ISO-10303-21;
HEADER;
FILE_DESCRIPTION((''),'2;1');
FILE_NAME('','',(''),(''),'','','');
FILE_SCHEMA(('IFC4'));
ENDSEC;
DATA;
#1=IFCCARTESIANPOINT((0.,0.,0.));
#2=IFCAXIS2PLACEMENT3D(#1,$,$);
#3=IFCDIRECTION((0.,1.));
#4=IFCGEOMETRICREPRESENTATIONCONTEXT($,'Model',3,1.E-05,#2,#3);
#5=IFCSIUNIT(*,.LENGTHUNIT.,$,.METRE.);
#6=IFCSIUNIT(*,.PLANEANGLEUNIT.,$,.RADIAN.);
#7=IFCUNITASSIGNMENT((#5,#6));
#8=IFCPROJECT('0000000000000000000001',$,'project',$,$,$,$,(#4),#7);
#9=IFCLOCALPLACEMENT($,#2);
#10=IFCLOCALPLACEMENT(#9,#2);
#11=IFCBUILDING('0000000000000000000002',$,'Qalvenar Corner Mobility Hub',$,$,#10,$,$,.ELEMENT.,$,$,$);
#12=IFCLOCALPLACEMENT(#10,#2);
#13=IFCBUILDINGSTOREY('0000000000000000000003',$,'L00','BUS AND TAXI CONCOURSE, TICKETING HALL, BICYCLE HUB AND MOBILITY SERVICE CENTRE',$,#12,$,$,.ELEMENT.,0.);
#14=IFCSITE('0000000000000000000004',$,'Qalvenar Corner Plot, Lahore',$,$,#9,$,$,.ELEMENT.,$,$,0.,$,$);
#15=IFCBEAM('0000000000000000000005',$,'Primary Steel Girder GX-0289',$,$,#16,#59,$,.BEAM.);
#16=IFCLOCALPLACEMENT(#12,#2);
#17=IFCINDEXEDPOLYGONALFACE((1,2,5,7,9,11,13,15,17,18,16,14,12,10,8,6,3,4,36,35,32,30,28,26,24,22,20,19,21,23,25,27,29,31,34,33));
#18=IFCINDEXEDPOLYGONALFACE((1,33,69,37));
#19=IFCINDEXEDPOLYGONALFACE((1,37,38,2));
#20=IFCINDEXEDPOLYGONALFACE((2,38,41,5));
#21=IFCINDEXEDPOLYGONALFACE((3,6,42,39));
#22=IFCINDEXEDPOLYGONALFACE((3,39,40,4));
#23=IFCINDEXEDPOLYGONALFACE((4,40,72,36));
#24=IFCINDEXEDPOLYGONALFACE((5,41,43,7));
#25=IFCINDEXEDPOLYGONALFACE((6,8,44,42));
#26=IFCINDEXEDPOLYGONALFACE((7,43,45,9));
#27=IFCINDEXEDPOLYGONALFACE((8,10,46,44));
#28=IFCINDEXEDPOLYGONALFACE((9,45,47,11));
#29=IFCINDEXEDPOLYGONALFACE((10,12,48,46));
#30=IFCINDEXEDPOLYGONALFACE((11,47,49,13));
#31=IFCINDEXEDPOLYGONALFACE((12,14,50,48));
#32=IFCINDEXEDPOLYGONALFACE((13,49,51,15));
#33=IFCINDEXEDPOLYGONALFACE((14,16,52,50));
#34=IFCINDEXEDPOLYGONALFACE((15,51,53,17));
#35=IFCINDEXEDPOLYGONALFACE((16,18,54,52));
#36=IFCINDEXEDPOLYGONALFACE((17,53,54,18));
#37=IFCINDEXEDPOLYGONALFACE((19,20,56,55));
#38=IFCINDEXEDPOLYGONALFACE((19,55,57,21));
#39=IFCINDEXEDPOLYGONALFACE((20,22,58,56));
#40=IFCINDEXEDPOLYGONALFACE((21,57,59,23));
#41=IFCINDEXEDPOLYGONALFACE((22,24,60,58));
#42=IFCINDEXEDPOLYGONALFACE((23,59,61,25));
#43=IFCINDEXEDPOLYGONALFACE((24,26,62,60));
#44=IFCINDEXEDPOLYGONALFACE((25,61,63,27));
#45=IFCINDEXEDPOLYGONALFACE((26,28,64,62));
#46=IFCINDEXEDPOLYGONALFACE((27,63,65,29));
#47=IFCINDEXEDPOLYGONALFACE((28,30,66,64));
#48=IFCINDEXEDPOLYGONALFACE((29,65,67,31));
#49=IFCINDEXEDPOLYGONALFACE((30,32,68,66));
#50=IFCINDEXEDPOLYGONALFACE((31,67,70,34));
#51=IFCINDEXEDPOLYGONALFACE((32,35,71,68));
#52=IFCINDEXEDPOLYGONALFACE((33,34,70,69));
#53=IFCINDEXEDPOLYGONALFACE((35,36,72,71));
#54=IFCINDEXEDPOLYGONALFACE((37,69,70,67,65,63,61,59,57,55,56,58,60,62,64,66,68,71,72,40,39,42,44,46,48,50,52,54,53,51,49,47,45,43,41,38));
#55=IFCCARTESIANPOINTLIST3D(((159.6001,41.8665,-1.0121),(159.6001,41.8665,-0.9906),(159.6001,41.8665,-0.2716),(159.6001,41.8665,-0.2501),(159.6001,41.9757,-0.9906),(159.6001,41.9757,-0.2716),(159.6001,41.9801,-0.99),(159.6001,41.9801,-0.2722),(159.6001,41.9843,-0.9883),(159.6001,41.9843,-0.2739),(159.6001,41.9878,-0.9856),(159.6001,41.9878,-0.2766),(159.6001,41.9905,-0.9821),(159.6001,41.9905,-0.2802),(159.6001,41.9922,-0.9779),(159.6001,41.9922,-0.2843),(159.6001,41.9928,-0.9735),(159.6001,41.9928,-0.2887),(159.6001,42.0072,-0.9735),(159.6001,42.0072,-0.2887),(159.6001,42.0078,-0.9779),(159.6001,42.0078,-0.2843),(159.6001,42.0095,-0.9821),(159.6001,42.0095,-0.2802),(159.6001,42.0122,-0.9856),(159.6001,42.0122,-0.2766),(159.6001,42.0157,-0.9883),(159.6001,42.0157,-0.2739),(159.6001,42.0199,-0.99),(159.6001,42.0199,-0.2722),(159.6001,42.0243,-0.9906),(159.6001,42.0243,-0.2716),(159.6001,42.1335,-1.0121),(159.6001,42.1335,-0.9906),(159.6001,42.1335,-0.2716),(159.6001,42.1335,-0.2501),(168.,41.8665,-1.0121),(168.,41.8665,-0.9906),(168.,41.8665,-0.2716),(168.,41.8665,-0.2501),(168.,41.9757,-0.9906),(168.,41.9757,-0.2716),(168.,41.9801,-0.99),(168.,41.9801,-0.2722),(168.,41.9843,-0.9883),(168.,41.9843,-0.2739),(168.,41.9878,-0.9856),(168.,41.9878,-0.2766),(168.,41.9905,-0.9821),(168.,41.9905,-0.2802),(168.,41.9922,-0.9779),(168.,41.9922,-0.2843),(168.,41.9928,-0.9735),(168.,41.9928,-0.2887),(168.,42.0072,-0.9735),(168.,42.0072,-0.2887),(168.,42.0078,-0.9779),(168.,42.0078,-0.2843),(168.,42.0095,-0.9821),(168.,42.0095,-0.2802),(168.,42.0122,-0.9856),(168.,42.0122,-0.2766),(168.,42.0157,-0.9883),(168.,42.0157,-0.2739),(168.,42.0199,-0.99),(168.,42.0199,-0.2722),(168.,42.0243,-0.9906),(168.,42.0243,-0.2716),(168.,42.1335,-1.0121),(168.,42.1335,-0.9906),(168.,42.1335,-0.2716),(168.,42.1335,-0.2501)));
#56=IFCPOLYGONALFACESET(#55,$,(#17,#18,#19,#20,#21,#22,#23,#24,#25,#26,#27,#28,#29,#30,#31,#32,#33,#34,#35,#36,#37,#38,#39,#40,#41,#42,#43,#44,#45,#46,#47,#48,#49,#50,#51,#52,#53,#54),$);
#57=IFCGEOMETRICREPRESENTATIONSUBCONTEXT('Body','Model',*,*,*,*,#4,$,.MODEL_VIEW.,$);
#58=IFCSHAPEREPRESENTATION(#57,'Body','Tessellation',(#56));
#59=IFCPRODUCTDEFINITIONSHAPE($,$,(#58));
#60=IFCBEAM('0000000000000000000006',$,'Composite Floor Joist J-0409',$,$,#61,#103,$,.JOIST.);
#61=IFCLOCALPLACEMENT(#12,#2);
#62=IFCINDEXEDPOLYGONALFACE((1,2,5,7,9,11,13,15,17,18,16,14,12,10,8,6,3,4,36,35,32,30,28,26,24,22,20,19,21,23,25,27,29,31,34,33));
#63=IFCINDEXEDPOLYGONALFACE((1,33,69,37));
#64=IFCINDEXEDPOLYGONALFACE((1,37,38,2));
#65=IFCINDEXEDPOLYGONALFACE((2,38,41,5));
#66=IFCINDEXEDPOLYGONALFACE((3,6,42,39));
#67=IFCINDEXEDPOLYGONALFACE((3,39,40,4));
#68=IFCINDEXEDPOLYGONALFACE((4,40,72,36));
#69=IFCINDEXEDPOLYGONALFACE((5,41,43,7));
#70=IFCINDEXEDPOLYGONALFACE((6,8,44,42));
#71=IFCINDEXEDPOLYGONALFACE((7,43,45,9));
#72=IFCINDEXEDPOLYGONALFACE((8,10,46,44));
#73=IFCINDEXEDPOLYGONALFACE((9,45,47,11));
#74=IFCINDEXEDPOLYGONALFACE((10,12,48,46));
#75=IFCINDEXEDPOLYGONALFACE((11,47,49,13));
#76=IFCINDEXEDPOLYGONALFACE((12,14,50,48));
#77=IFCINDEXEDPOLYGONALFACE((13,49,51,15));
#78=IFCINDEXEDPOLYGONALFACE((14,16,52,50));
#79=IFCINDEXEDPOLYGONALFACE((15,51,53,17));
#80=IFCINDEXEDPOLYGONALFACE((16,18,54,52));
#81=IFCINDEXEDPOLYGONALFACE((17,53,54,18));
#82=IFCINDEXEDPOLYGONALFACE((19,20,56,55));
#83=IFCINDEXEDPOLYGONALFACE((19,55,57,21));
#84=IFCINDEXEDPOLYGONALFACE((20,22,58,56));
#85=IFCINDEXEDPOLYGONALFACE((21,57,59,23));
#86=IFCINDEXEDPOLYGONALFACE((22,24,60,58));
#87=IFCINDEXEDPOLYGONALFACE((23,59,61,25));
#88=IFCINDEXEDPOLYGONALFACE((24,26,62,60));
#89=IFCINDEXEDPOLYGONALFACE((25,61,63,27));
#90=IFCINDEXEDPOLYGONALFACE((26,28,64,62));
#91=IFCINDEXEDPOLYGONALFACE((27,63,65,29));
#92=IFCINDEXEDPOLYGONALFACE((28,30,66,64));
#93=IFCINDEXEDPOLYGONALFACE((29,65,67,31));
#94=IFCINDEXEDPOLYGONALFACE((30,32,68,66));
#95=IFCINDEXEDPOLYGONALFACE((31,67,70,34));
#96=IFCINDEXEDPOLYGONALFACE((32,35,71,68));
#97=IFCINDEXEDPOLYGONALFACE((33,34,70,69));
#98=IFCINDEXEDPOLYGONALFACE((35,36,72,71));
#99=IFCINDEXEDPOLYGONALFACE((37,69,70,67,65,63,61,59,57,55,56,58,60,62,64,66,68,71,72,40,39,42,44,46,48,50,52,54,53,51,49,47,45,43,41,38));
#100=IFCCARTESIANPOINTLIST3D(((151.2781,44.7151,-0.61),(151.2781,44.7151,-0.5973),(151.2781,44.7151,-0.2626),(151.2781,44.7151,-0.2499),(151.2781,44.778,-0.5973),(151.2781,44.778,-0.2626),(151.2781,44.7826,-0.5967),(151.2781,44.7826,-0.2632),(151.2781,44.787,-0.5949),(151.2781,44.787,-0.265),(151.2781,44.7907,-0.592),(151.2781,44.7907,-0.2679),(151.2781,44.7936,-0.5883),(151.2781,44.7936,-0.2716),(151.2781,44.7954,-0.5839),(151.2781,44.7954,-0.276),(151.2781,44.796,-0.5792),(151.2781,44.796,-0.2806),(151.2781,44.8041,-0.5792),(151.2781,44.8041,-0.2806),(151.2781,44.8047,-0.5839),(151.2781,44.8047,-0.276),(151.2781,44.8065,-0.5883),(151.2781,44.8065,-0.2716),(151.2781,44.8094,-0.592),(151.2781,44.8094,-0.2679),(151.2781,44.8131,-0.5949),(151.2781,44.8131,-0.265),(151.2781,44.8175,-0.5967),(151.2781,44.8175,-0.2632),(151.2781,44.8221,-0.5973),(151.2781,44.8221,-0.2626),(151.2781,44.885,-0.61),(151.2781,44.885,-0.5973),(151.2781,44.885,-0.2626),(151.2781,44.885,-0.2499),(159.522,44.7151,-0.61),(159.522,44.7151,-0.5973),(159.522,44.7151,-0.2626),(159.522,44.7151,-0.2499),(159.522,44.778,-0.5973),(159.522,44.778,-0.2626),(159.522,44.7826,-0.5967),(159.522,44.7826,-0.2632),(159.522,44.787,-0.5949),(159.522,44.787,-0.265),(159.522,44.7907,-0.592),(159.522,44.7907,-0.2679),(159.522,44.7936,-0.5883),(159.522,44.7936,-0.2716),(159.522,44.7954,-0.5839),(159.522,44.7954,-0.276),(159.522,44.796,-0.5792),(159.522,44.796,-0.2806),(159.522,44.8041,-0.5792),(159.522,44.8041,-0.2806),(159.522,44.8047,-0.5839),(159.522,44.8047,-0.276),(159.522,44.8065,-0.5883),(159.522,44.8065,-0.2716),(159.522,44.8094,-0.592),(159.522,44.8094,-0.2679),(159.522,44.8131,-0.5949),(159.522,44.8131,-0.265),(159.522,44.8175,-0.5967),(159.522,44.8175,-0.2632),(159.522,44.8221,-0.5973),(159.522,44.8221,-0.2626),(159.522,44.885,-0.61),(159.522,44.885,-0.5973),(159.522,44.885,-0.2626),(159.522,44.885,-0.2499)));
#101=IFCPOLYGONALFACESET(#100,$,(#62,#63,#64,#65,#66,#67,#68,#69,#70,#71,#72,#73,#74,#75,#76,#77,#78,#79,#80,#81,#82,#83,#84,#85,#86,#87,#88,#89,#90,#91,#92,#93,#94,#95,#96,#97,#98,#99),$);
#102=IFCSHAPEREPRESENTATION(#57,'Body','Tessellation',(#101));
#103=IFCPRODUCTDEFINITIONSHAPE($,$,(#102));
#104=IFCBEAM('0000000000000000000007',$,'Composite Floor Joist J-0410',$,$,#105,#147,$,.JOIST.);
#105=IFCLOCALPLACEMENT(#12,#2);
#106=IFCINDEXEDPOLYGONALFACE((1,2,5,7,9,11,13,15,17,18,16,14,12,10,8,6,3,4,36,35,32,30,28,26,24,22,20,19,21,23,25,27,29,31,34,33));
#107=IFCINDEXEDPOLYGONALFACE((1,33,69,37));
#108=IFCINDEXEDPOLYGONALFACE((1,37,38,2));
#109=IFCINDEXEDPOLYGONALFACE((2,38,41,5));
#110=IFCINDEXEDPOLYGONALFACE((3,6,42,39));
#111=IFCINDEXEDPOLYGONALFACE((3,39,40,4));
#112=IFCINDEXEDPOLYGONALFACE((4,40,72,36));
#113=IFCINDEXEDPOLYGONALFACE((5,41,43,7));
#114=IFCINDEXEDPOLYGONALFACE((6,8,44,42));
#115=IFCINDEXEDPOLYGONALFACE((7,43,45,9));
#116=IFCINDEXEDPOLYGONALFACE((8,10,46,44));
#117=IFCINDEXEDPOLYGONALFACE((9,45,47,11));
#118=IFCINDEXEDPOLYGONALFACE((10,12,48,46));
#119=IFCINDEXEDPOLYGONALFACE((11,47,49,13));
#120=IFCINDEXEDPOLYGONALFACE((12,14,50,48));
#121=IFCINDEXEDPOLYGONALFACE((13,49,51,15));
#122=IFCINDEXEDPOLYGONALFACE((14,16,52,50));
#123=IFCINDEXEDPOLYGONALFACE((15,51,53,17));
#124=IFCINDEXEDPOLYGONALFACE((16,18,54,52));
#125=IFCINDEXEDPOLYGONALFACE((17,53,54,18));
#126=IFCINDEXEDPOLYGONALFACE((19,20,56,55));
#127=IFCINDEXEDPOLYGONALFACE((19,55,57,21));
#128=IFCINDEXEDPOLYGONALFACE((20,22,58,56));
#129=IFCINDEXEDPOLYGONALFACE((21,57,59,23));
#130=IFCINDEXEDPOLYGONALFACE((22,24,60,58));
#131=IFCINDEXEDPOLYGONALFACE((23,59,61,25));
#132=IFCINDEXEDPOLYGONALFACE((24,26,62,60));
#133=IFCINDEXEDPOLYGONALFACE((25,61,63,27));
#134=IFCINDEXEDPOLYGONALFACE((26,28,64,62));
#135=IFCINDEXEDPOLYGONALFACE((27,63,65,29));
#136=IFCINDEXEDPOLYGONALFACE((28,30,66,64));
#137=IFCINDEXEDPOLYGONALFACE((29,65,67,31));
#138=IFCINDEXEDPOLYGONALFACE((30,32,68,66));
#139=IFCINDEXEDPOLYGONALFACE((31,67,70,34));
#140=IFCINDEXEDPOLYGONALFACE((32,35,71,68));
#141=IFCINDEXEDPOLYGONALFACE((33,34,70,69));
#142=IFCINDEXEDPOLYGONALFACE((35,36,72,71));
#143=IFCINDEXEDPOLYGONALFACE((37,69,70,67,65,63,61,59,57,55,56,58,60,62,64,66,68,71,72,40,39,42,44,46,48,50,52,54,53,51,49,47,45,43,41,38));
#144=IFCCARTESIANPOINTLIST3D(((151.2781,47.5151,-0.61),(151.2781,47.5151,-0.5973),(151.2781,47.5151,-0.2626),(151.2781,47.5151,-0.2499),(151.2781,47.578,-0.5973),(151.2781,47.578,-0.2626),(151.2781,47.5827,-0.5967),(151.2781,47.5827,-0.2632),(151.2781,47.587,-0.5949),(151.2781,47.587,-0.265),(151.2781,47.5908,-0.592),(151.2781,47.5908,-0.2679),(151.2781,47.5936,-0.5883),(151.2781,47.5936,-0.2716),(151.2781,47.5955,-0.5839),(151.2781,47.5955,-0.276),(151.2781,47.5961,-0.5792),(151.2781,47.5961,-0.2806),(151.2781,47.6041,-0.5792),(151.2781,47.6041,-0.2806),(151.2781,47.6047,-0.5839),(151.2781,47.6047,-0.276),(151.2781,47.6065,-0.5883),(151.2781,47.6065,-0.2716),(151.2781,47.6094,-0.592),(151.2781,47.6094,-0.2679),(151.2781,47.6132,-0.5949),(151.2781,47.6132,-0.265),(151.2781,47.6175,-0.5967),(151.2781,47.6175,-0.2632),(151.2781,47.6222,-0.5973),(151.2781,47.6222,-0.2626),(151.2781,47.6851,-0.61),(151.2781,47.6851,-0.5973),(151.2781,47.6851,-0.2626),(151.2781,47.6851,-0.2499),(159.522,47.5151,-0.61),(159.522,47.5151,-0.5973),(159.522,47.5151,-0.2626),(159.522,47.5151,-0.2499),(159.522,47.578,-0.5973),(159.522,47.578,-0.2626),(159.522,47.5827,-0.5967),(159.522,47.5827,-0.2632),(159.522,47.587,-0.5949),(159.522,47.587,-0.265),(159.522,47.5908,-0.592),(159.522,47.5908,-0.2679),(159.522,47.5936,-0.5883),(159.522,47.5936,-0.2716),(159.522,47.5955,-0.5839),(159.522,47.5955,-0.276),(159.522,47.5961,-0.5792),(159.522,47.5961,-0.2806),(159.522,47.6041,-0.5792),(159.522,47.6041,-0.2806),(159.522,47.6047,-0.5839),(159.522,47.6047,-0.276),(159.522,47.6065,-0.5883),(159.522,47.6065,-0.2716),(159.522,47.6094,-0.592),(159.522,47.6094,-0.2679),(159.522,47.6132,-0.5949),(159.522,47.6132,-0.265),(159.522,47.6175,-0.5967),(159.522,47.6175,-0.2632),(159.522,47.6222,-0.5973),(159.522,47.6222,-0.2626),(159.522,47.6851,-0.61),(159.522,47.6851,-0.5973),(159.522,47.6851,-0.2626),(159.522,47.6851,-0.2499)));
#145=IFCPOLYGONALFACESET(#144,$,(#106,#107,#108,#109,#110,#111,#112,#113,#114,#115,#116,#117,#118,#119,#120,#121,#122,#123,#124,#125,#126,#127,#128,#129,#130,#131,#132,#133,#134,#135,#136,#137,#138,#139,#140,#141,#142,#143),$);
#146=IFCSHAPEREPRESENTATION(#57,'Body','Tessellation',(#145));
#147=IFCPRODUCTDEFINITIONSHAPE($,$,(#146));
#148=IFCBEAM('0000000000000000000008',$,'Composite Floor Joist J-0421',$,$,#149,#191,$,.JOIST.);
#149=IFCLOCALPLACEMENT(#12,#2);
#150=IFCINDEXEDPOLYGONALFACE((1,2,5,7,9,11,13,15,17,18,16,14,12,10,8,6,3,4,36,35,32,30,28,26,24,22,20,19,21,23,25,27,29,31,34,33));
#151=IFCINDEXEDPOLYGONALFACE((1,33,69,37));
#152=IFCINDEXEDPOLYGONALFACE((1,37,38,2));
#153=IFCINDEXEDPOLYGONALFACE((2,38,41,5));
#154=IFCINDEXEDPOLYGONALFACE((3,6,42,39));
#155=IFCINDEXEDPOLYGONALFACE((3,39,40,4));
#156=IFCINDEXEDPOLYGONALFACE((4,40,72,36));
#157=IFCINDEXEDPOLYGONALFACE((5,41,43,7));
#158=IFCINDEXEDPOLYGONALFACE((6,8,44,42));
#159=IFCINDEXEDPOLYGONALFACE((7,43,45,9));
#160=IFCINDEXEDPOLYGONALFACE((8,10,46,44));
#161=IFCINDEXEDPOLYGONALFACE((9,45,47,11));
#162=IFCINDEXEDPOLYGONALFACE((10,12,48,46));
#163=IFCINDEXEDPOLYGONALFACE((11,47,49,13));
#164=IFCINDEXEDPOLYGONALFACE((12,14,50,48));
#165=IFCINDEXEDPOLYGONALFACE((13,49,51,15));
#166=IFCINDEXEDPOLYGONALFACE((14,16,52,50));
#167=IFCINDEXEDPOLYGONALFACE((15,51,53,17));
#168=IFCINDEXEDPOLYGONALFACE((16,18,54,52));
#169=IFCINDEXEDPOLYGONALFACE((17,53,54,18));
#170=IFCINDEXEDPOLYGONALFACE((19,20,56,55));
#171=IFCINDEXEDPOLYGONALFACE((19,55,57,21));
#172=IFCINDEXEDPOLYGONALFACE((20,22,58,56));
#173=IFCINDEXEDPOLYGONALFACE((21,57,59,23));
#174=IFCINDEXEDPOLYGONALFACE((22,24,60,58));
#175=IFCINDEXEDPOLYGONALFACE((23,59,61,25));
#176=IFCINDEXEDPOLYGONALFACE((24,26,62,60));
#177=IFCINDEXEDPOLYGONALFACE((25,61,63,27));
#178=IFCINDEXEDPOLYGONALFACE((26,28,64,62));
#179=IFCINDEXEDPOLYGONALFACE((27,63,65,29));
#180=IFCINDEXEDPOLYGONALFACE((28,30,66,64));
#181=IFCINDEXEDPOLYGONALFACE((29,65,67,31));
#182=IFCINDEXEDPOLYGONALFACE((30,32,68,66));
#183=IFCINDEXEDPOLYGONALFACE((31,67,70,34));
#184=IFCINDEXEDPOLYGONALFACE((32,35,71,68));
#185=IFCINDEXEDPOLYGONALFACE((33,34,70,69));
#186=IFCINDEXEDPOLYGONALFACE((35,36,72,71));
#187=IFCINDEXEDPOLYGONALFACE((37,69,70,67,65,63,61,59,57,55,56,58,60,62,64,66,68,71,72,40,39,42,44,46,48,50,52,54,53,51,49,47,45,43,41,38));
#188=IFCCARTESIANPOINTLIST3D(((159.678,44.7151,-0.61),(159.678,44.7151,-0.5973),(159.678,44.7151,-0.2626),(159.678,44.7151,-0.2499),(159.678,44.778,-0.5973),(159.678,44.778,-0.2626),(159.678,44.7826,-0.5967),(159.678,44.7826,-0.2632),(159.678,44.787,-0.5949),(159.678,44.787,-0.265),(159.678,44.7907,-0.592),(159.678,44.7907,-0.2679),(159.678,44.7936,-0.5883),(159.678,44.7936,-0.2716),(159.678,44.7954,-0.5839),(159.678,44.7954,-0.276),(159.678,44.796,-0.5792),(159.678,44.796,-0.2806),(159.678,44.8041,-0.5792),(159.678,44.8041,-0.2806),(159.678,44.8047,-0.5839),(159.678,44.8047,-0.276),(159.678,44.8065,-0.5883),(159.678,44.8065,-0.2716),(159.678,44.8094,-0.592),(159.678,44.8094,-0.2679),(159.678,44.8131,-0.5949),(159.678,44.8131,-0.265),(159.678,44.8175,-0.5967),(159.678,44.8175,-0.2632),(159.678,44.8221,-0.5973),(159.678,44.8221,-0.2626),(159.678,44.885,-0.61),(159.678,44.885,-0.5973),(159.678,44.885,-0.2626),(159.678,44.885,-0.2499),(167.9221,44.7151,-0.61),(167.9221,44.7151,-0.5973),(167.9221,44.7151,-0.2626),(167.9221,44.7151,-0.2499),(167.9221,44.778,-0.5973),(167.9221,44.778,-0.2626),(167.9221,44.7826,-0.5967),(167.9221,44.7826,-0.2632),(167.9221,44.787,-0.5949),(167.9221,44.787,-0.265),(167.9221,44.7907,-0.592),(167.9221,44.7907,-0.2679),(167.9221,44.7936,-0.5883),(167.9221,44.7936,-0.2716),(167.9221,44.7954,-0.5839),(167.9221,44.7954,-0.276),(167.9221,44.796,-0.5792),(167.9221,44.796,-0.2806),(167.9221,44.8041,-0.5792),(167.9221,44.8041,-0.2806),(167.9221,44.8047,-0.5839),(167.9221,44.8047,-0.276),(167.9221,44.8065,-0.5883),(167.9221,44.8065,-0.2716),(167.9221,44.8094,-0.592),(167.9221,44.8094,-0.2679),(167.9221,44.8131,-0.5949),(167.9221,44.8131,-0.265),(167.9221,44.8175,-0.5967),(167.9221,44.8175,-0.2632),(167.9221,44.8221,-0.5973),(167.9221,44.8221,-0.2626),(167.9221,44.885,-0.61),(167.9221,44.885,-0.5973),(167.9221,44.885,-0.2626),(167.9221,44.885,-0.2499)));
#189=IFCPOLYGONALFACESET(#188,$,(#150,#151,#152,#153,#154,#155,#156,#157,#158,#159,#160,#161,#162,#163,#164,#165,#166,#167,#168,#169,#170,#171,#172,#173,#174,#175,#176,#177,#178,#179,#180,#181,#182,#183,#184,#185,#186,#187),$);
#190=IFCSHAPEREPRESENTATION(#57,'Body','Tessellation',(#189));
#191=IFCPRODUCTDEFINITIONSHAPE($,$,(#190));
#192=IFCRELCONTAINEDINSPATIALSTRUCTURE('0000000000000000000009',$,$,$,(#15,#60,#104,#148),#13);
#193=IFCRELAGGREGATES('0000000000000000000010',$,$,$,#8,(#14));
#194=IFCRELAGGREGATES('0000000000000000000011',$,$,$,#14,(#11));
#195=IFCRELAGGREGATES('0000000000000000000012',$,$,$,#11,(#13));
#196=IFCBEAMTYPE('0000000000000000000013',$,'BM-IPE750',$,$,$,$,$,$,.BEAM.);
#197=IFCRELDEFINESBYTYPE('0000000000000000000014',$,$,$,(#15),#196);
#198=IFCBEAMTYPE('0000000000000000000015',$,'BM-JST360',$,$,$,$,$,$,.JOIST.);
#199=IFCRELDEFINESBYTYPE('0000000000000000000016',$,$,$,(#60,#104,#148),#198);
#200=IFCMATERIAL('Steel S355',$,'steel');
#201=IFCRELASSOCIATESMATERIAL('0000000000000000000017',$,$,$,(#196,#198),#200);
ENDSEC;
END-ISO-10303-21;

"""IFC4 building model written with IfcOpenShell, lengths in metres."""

from ifc_helpers import new_model, si_unit, direction, frame, origin, origin_2d, place, context, subcontext, project, spatial, i_section, extrude, material, material_profile, profile_set, type_object, element, save


model = new_model("IFC4")

# Units and contexts
model_context = context("Model", 3, precision=1e-05, world=origin(), true_north=direction((0.0, 1.0)))
body_context = subcontext(model_context, "Body", "Model", "MODEL_VIEW")
ifc_project = project(units=[si_unit("LENGTHUNIT", "METRE"), si_unit("PLANEANGLEUNIT", "RADIAN")], contexts=[model_context])

# Site, building, storey
site_placement = place(None, origin())
site = spatial("IfcSite", under=ifc_project, at=site_placement, Name="Qalvenar Corner Plot, Lahore", CompositionType="ELEMENT", RefElevation=0.0)
building_placement = place(site_placement, origin())
building = spatial("IfcBuilding", under=site, at=building_placement, Name="Qalvenar Corner Mobility Hub", CompositionType="ELEMENT")
storey_placement = place(building_placement, origin())
storey = spatial("IfcBuildingStorey", under=building, at=storey_placement, Name="L00", Description="BUS AND TAXI CONCOURSE, TICKETING HALL, BICYCLE HUB AND MOBILITY SERVICE CENTRE", CompositionType="ELEMENT", Elevation=0.0)

# Shared definitions
ifc_material_1 = material(Name="Steel S355", Category="steel")

# Beams
ifc_material_profile_1 = material_profile(ifc_material_1, i_section(OverallWidth=0.2671, OverallDepth=0.762, WebThickness=0.0144, FlangeThickness=0.0215, FilletRadius=0.0171, at=origin_2d()), Name="IPE750x173")
ifc_profile_set_1 = profile_set([ifc_material_profile_1], Name="Steel S355")
beam_type_1 = type_object("IfcBeamType", Name="BM-IPE750", PredefinedType="BEAM", material=ifc_profile_set_1)
beam_1_placement = place(storey_placement, frame((159.6001, 42.0, -0.6311), z_axis=(1.0, 0.0, 0.0), x_axis=(0.0, 1.0, 0.0)))
element("IfcBeam", 1, at=beam_1_placement, inside=storey, type_object=beam_type_1, Name="Primary Steel Girder GX-0289", PredefinedType="BEAM", context=body_context, shape_type="SweptSolid", body=[
    extrude(i_section(OverallWidth=0.2671, OverallDepth=0.762, WebThickness=0.0144, FlangeThickness=0.0215, FilletRadius=0.0171, at=origin_2d()), origin(), (0.0, 0.0, 1.0), 8.3999),
])
ifc_material_profile_2 = material_profile(ifc_material_1, i_section(OverallWidth=0.1699, OverallDepth=0.3601, WebThickness=0.0081, FlangeThickness=0.0127, FilletRadius=0.0181, at=origin_2d()), Name="IPE360")
ifc_profile_set_2 = profile_set([ifc_material_profile_2], Name="Steel S355")
beam_type_2 = type_object("IfcBeamType", Name="BM-JST360", PredefinedType="JOIST", material=ifc_profile_set_2)
for number, where, z_axis, x_axis, name in (
    (2, (151.2781, 44.8, -0.4299), (1.0, 0.0, 0.0), (0.0, 1.0, 0.0), "Composite Floor Joist J-0409"),
    (3, (151.2781, 47.6001, -0.4299), (1.0, 0.0, 0.0), (0.0, 1.0, 0.0), "Composite Floor Joist J-0410"),
):
    element("IfcBeam", number, at=place(storey_placement, frame(where, z_axis=z_axis, x_axis=x_axis)), inside=storey, type_object=beam_type_2, Name=name, PredefinedType="JOIST", context=body_context, shape_type="SweptSolid", body=[
        extrude(i_section(OverallWidth=0.1699, OverallDepth=0.3601, WebThickness=0.0081, FlangeThickness=0.0127, FilletRadius=0.0181, at=origin_2d()), origin(), (0.0, 0.0, 1.0), 8.2439),
    ])
for number, where, z_axis, x_axis, name in (
    (4, (159.678, 44.8, -0.4299), (1.0, 0.0, 0.0), (0.0, 1.0, 0.0), "Composite Floor Joist J-0421"),
):
    element("IfcBeam", number, at=place(storey_placement, frame(where, z_axis=z_axis, x_axis=x_axis)), inside=storey, type_object=beam_type_2, Name=name, PredefinedType="JOIST", context=body_context, shape_type="SweptSolid", body=[
        extrude(i_section(OverallWidth=0.1699, OverallDepth=0.3601, WebThickness=0.0081, FlangeThickness=0.0127, FilletRadius=0.0181, at=origin_2d()), origin(), (0.0, 0.0, 1.0), 8.2441),
    ])

save(model, "model.ifc")
